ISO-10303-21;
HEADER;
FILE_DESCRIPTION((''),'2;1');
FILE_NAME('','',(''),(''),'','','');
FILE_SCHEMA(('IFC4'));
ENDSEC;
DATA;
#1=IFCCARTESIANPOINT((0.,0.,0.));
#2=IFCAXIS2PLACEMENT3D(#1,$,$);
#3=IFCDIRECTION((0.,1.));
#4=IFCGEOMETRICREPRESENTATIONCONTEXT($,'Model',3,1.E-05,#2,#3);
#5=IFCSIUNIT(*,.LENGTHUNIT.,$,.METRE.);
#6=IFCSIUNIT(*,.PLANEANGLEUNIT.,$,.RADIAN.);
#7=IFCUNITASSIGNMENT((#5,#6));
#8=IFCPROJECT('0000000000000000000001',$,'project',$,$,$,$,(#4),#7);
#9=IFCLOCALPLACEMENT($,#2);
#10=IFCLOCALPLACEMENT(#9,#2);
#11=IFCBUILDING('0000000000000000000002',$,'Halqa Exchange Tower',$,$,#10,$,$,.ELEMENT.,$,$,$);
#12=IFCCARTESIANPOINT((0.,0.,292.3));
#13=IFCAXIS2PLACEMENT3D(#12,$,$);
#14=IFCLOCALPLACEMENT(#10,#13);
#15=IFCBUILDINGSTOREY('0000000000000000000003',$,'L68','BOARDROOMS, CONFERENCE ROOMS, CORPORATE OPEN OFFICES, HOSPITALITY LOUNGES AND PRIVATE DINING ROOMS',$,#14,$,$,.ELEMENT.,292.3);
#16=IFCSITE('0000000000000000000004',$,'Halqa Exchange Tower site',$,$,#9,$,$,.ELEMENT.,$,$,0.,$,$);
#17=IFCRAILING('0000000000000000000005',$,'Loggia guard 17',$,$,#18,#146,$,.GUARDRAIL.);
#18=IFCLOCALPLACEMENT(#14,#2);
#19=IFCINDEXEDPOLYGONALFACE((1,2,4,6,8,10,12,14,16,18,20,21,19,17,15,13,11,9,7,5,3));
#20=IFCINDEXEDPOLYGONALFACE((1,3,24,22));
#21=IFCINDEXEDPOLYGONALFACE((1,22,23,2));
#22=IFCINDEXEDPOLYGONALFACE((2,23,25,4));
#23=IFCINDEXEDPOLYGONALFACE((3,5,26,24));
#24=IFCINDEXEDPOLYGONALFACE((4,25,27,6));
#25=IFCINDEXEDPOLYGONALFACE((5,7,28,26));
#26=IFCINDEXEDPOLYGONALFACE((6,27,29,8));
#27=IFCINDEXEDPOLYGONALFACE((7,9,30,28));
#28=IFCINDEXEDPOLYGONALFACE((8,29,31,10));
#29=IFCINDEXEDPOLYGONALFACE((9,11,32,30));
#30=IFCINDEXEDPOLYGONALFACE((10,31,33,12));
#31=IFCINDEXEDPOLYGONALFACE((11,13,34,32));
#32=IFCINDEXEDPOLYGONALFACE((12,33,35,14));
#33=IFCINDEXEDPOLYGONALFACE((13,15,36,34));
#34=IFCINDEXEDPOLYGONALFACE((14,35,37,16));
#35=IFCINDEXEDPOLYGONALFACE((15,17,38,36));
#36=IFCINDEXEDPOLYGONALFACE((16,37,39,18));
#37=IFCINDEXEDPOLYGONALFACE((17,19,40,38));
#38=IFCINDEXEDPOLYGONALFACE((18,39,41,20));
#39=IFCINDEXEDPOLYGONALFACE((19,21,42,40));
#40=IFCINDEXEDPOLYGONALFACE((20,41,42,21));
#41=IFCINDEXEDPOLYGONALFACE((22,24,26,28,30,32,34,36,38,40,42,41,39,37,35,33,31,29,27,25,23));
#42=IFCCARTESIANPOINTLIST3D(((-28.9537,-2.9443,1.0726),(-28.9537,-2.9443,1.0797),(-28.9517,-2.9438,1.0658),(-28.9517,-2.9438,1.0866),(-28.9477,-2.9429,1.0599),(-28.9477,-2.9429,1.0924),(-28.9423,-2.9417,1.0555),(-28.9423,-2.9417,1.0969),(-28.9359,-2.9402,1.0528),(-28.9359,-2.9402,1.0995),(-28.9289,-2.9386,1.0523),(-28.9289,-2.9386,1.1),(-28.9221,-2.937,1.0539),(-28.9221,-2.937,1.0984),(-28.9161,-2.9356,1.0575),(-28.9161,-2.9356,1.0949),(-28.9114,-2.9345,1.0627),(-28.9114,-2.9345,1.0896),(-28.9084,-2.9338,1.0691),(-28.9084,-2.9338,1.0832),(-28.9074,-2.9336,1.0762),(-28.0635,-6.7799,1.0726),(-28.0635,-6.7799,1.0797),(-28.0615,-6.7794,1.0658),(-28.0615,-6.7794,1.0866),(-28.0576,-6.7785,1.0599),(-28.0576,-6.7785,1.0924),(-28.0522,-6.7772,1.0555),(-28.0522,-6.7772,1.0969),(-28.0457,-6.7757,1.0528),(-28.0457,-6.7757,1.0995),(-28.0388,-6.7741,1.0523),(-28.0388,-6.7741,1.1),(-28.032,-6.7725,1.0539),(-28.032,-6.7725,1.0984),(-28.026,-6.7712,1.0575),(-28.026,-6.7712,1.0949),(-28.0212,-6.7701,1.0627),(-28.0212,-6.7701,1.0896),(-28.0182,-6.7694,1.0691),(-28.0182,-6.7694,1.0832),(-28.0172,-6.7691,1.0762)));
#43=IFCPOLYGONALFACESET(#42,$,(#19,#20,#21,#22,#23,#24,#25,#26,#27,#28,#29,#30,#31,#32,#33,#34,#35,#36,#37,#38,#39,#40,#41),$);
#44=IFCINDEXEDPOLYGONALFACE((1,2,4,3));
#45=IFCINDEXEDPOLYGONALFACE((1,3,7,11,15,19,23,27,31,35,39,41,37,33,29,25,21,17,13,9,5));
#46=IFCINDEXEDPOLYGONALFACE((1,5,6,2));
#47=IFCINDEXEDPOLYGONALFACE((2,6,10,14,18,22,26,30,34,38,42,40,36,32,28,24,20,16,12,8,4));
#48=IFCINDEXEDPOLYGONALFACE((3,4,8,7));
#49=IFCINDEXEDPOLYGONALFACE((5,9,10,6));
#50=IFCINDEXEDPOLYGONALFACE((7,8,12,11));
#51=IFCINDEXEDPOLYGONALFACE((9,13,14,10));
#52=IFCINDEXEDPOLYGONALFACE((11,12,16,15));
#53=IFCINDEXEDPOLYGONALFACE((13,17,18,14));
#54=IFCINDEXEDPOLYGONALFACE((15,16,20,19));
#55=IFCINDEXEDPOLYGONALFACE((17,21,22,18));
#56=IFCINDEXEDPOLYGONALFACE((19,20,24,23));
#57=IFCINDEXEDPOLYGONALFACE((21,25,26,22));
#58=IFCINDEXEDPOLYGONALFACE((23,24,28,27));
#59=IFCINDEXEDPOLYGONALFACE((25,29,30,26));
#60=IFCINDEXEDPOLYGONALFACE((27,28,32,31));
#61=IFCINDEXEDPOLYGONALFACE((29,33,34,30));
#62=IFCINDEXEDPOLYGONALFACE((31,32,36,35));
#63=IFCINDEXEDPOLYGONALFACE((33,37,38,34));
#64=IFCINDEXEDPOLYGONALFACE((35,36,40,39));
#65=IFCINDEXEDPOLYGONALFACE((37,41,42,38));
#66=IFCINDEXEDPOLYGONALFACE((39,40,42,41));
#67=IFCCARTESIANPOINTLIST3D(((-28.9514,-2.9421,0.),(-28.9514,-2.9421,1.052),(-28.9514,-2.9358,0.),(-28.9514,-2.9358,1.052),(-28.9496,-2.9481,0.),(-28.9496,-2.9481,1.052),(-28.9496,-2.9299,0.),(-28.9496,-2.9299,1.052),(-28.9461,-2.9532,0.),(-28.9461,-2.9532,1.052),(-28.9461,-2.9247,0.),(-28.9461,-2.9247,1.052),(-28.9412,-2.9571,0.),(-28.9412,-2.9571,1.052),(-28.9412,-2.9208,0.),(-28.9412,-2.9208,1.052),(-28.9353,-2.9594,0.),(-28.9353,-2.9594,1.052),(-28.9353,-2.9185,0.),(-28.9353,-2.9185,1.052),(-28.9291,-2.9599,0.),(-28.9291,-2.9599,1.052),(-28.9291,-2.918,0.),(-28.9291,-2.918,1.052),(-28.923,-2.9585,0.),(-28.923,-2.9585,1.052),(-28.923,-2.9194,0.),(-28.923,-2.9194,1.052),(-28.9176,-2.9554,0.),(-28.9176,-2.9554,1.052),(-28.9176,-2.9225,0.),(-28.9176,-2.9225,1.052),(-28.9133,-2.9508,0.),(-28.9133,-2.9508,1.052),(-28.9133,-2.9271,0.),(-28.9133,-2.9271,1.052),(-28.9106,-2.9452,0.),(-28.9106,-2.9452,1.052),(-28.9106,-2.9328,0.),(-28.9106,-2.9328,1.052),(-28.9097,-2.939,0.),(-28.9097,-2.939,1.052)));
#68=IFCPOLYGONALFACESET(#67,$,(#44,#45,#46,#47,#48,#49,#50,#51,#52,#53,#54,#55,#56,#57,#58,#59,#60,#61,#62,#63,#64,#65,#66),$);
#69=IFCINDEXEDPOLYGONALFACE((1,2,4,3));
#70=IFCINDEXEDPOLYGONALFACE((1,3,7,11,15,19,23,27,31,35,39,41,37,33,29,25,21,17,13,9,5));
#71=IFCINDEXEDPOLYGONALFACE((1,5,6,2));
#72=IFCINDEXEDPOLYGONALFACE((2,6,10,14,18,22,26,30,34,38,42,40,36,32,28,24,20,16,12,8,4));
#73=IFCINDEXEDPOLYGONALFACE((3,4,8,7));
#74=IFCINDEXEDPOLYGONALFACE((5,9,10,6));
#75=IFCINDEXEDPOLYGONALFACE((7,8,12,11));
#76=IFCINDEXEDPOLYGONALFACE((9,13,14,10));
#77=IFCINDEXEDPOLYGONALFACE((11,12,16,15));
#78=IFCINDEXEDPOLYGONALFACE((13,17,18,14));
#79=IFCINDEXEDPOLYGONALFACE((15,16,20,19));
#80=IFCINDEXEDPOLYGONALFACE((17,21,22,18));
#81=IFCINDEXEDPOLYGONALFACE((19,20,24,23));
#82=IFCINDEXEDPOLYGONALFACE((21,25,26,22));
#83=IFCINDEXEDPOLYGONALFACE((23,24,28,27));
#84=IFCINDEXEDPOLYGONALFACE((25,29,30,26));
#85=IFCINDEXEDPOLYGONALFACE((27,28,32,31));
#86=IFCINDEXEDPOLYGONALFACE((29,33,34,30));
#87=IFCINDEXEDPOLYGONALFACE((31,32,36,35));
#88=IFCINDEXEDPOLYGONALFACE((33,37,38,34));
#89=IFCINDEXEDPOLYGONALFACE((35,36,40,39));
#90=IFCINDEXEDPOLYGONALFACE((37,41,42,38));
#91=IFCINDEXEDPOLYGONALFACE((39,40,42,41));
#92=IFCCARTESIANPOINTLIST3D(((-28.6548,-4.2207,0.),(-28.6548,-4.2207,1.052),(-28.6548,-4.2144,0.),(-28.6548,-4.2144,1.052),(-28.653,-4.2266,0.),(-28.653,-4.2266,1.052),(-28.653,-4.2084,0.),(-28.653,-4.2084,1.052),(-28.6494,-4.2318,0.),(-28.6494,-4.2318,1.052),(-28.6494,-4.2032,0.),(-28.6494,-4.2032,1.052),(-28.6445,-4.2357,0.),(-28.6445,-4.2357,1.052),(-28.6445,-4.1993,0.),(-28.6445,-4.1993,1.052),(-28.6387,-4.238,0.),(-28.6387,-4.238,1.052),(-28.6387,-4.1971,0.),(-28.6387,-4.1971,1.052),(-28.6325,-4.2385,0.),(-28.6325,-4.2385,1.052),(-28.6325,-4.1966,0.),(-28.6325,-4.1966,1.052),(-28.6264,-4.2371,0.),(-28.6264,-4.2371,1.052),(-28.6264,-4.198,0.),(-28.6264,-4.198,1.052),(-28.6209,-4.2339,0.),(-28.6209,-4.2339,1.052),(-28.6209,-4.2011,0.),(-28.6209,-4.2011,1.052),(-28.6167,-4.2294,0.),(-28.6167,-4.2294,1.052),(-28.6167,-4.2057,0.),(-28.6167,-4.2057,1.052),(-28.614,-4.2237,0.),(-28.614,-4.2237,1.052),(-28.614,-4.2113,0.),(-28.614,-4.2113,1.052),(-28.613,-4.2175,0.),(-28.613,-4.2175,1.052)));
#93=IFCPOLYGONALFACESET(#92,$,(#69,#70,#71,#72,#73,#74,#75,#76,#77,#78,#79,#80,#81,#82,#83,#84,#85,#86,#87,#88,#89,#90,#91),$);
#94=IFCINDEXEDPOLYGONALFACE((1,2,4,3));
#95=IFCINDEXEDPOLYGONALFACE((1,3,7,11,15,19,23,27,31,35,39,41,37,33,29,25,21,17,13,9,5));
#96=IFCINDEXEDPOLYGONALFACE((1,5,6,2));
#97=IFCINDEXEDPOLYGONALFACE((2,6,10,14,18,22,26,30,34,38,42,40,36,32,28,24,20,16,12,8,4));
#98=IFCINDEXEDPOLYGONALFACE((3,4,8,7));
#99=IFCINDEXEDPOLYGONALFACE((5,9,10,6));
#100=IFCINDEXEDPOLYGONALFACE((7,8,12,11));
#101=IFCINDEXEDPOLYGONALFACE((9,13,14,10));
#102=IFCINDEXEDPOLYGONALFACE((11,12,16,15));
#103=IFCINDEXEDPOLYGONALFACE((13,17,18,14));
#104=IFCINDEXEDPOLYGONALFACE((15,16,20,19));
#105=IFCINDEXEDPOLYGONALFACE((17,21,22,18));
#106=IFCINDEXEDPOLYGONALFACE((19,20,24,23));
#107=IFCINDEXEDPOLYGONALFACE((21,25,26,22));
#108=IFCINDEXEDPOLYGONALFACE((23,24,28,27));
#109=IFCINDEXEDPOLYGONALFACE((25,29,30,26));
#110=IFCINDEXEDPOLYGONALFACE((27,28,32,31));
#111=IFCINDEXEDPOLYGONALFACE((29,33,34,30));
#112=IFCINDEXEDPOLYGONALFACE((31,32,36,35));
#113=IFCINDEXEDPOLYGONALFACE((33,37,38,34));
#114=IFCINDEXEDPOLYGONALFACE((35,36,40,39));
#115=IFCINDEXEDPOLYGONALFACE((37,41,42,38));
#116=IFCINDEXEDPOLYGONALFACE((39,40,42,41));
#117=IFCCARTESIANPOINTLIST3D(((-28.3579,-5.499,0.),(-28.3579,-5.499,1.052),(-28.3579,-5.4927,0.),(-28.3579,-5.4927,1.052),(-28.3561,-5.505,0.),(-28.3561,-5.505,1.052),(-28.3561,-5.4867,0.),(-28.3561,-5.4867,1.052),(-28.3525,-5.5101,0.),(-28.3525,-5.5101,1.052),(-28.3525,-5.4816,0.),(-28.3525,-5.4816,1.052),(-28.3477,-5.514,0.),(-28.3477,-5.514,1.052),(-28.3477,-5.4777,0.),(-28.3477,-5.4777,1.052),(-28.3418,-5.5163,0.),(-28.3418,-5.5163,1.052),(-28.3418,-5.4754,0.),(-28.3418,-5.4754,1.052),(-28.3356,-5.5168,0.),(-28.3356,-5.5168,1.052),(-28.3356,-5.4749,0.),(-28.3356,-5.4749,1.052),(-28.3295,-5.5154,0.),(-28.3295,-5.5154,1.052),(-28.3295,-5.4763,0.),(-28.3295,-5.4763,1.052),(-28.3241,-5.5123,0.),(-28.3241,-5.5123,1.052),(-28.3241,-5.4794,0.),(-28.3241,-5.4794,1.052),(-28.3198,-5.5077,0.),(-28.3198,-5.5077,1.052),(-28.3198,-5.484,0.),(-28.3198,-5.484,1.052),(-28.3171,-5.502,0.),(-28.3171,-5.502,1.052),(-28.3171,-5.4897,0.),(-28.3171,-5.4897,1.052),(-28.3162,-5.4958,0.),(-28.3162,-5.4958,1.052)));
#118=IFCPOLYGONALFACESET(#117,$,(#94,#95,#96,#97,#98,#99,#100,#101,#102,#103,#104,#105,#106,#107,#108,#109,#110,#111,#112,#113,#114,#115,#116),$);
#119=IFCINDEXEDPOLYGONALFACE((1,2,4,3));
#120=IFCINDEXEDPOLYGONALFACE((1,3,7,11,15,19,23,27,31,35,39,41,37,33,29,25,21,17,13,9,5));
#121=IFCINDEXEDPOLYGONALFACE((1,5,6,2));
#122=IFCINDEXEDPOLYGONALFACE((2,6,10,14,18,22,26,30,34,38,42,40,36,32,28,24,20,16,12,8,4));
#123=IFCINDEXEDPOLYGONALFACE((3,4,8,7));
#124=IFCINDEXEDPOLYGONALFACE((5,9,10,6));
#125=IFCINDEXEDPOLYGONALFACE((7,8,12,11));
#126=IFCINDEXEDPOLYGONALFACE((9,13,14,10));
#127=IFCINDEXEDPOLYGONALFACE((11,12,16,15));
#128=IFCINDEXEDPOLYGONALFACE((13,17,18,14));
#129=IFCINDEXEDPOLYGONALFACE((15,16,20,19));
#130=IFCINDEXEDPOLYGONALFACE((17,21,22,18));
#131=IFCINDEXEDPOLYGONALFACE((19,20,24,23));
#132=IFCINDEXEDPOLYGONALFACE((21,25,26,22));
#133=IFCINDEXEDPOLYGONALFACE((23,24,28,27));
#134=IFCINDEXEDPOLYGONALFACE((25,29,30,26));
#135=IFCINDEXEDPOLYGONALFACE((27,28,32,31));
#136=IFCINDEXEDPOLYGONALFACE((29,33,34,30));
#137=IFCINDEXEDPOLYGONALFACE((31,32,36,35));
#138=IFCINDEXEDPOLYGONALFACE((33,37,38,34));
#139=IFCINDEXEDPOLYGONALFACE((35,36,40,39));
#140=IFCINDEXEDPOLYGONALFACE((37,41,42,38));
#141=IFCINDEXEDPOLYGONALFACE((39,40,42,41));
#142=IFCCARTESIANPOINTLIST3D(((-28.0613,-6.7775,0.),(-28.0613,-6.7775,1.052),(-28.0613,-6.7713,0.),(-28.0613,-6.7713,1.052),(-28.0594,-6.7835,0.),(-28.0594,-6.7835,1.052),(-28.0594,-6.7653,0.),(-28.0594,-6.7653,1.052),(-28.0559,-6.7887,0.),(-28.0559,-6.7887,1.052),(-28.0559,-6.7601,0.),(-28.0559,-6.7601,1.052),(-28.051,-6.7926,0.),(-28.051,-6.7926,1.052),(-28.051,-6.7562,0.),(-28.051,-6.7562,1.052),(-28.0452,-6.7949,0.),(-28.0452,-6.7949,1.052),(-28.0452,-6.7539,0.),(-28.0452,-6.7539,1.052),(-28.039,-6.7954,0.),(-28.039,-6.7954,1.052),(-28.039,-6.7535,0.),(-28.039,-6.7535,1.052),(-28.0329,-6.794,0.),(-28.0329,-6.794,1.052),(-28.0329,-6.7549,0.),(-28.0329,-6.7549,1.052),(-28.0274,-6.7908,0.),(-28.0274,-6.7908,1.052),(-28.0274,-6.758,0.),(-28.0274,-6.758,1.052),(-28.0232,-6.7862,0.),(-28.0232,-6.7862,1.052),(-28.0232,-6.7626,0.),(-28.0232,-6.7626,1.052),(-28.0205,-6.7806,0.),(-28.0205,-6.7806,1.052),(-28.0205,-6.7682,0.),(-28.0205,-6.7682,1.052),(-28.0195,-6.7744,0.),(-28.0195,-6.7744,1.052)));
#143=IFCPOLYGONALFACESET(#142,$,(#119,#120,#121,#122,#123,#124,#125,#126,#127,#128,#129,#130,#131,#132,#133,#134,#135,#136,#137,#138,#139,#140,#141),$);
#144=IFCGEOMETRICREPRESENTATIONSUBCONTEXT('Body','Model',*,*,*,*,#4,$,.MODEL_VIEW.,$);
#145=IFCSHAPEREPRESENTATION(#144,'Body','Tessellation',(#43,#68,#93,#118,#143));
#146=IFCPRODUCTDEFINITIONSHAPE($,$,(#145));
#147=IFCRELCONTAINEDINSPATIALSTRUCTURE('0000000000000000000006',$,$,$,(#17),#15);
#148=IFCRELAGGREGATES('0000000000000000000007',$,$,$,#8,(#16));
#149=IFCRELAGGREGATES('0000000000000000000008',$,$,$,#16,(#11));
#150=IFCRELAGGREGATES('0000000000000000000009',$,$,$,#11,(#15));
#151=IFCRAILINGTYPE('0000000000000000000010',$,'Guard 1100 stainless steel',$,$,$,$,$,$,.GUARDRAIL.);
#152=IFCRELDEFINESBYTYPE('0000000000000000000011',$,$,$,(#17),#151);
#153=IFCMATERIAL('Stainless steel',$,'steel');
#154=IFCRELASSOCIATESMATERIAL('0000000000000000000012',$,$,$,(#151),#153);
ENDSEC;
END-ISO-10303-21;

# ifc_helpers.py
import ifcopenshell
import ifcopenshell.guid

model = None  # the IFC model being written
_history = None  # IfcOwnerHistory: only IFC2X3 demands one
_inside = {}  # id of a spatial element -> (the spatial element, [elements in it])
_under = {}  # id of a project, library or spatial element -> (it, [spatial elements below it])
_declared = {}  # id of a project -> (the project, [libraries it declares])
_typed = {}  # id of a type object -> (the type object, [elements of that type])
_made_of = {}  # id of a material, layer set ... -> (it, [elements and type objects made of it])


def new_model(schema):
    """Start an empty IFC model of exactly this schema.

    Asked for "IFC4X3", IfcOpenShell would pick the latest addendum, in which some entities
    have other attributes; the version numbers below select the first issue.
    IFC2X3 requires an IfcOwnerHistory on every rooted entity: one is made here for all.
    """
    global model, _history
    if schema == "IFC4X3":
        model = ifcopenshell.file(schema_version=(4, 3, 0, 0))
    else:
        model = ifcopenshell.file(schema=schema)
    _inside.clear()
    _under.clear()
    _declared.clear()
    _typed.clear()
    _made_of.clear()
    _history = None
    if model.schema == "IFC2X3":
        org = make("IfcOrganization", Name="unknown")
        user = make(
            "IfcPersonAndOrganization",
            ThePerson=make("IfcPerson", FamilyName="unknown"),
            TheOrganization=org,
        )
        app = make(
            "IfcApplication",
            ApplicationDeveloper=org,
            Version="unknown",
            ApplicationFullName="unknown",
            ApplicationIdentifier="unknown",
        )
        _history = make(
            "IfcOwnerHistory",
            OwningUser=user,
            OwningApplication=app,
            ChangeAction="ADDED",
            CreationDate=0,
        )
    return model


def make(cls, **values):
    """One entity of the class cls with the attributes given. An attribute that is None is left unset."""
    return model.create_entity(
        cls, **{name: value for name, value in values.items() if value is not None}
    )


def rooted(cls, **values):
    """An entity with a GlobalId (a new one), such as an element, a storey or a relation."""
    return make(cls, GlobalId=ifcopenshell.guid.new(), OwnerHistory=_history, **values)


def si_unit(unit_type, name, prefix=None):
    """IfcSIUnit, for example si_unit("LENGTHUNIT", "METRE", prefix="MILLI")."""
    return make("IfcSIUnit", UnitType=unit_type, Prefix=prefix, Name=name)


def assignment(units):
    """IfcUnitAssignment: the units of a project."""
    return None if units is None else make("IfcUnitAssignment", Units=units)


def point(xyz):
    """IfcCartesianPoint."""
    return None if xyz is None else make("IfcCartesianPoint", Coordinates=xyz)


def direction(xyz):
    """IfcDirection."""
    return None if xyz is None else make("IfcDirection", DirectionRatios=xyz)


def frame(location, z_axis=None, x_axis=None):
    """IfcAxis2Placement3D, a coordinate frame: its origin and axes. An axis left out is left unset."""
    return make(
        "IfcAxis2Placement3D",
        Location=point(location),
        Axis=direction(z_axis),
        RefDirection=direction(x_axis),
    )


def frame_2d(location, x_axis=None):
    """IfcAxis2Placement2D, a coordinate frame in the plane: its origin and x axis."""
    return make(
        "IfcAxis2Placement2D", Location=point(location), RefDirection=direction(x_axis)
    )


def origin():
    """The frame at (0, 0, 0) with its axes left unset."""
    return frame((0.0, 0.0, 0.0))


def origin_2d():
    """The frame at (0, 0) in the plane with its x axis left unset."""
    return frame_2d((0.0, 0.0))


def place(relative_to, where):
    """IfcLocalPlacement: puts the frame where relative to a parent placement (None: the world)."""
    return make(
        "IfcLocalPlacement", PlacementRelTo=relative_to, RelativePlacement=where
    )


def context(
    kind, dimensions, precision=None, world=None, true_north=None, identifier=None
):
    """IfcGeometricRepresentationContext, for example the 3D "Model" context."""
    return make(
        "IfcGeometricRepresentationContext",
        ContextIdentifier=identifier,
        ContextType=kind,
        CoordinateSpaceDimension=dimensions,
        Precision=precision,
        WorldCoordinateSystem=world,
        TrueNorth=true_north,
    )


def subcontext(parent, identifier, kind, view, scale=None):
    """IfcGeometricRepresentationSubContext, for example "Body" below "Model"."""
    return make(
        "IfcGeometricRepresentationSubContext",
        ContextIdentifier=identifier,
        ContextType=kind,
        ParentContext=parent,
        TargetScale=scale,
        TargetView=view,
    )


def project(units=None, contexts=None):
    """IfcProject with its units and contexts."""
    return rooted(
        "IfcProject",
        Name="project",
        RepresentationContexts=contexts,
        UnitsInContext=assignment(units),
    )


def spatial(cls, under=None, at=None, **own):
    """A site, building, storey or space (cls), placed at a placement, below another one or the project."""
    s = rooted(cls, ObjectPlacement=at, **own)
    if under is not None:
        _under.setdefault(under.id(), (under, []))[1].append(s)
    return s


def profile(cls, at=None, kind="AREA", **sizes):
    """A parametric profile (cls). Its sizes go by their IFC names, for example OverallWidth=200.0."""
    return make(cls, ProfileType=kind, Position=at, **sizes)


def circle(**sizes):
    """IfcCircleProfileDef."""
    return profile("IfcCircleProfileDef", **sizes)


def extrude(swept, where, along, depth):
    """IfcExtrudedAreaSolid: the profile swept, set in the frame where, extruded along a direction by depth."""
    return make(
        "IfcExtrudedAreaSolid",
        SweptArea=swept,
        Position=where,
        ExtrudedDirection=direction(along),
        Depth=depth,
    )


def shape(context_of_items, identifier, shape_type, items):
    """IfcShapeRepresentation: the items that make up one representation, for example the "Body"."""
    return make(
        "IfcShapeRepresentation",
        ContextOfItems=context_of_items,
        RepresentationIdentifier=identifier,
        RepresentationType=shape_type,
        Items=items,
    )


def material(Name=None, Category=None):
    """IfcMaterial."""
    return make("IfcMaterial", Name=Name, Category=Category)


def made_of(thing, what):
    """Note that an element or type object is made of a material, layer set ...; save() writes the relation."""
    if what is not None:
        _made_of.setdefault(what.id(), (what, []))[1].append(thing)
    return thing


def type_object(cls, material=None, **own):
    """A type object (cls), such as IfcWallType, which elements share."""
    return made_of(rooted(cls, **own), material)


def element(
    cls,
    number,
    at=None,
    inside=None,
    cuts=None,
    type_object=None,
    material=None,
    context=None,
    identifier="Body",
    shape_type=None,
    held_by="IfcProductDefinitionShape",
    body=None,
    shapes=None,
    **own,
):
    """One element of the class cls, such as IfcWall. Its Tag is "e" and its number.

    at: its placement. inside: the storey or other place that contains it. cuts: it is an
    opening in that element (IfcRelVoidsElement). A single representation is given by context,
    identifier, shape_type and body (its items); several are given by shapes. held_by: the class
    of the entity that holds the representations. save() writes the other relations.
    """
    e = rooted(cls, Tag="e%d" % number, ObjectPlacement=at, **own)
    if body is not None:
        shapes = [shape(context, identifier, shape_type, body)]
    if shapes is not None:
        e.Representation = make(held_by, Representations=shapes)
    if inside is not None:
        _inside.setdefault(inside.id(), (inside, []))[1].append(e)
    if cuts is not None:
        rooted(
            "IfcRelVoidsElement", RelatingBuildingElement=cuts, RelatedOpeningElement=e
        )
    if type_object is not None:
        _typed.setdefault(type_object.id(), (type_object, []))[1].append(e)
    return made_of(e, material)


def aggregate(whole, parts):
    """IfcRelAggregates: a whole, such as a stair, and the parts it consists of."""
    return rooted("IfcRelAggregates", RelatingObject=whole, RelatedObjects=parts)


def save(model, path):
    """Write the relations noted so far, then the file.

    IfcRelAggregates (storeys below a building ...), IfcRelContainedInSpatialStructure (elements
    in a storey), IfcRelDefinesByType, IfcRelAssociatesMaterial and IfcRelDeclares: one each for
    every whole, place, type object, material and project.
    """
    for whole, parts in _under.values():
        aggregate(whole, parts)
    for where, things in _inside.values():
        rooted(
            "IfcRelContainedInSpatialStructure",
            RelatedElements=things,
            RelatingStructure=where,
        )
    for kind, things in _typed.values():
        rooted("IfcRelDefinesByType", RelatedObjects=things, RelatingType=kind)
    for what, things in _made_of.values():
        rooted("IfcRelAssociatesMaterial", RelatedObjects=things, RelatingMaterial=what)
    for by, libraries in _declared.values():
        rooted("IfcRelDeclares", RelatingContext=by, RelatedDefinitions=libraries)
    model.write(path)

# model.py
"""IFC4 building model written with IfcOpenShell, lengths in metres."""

from ifc_helpers import new_model, si_unit, direction, frame, origin, origin_2d, place, context, subcontext, project, spatial, circle, extrude, material, type_object, element, save


model = new_model("IFC4")

# Units and contexts
model_context = context("Model", 3, precision=1e-05, world=origin(), true_north=direction((0.0, 1.0)))
body_context = subcontext(model_context, "Body", "Model", "MODEL_VIEW")
ifc_project = project(units=[si_unit("LENGTHUNIT", "METRE"), si_unit("PLANEANGLEUNIT", "RADIAN")], contexts=[model_context])

# Site, building, storey
site_placement = place(None, origin())
site = spatial("IfcSite", under=ifc_project, at=site_placement, Name="Halqa Exchange Tower site", CompositionType="ELEMENT", RefElevation=0.0)
building_placement = place(site_placement, origin())
building = spatial("IfcBuilding", under=site, at=building_placement, Name="Halqa Exchange Tower", CompositionType="ELEMENT")
storey_placement = place(building_placement, frame((0.0, 0.0, 292.3)))
storey = spatial("IfcBuildingStorey", under=building, at=storey_placement, Name="L68", Description="BOARDROOMS, CONFERENCE ROOMS, CORPORATE OPEN OFFICES, HOSPITALITY LOUNGES AND PRIVATE DINING ROOMS", CompositionType="ELEMENT", Elevation=292.3)

# Railing
ifc_material_1 = material(Name="Stainless steel", Category="steel")
railing_type = type_object("IfcRailingType", Name="Guard 1100 stainless steel", PredefinedType="GUARDRAIL", material=ifc_material_1)
railing_1_placement = place(storey_placement, frame((-28.9307, -2.939, 0.0)))
element("IfcRailing", 1, at=railing_1_placement, inside=storey, type_object=railing_type, Name="Loggia guard 17", PredefinedType="GUARDRAIL", context=body_context, shape_type="SweptSolid", body=[
    extrude(circle(Radius=0.0239, at=origin_2d()), frame((0.0, 0.0, 1.0762), z_axis=(0.226073, -0.97411, 0.0), x_axis=(0.97411, 0.226073, 0.0)), (0.0, 0.0, 1.0), 3.9375),
    extrude(circle(Radius=0.021, at=origin_2d()), origin(), (0.0, 0.0, 1.0), 1.052),
    extrude(circle(Radius=0.021, at=origin_2d()), frame((0.2966, -1.2786, 0.0)), (0.0, 0.0, 1.0), 1.052),
    extrude(circle(Radius=0.021, at=origin_2d()), frame((0.5935, -2.5569, 0.0)), (0.0, 0.0, 1.0), 1.052),
    extrude(circle(Radius=0.021, at=origin_2d()), frame((0.8901, -3.8354, 0.0)), (0.0, 0.0, 1.0), 1.052),
])

save(model, "model.ifc")
